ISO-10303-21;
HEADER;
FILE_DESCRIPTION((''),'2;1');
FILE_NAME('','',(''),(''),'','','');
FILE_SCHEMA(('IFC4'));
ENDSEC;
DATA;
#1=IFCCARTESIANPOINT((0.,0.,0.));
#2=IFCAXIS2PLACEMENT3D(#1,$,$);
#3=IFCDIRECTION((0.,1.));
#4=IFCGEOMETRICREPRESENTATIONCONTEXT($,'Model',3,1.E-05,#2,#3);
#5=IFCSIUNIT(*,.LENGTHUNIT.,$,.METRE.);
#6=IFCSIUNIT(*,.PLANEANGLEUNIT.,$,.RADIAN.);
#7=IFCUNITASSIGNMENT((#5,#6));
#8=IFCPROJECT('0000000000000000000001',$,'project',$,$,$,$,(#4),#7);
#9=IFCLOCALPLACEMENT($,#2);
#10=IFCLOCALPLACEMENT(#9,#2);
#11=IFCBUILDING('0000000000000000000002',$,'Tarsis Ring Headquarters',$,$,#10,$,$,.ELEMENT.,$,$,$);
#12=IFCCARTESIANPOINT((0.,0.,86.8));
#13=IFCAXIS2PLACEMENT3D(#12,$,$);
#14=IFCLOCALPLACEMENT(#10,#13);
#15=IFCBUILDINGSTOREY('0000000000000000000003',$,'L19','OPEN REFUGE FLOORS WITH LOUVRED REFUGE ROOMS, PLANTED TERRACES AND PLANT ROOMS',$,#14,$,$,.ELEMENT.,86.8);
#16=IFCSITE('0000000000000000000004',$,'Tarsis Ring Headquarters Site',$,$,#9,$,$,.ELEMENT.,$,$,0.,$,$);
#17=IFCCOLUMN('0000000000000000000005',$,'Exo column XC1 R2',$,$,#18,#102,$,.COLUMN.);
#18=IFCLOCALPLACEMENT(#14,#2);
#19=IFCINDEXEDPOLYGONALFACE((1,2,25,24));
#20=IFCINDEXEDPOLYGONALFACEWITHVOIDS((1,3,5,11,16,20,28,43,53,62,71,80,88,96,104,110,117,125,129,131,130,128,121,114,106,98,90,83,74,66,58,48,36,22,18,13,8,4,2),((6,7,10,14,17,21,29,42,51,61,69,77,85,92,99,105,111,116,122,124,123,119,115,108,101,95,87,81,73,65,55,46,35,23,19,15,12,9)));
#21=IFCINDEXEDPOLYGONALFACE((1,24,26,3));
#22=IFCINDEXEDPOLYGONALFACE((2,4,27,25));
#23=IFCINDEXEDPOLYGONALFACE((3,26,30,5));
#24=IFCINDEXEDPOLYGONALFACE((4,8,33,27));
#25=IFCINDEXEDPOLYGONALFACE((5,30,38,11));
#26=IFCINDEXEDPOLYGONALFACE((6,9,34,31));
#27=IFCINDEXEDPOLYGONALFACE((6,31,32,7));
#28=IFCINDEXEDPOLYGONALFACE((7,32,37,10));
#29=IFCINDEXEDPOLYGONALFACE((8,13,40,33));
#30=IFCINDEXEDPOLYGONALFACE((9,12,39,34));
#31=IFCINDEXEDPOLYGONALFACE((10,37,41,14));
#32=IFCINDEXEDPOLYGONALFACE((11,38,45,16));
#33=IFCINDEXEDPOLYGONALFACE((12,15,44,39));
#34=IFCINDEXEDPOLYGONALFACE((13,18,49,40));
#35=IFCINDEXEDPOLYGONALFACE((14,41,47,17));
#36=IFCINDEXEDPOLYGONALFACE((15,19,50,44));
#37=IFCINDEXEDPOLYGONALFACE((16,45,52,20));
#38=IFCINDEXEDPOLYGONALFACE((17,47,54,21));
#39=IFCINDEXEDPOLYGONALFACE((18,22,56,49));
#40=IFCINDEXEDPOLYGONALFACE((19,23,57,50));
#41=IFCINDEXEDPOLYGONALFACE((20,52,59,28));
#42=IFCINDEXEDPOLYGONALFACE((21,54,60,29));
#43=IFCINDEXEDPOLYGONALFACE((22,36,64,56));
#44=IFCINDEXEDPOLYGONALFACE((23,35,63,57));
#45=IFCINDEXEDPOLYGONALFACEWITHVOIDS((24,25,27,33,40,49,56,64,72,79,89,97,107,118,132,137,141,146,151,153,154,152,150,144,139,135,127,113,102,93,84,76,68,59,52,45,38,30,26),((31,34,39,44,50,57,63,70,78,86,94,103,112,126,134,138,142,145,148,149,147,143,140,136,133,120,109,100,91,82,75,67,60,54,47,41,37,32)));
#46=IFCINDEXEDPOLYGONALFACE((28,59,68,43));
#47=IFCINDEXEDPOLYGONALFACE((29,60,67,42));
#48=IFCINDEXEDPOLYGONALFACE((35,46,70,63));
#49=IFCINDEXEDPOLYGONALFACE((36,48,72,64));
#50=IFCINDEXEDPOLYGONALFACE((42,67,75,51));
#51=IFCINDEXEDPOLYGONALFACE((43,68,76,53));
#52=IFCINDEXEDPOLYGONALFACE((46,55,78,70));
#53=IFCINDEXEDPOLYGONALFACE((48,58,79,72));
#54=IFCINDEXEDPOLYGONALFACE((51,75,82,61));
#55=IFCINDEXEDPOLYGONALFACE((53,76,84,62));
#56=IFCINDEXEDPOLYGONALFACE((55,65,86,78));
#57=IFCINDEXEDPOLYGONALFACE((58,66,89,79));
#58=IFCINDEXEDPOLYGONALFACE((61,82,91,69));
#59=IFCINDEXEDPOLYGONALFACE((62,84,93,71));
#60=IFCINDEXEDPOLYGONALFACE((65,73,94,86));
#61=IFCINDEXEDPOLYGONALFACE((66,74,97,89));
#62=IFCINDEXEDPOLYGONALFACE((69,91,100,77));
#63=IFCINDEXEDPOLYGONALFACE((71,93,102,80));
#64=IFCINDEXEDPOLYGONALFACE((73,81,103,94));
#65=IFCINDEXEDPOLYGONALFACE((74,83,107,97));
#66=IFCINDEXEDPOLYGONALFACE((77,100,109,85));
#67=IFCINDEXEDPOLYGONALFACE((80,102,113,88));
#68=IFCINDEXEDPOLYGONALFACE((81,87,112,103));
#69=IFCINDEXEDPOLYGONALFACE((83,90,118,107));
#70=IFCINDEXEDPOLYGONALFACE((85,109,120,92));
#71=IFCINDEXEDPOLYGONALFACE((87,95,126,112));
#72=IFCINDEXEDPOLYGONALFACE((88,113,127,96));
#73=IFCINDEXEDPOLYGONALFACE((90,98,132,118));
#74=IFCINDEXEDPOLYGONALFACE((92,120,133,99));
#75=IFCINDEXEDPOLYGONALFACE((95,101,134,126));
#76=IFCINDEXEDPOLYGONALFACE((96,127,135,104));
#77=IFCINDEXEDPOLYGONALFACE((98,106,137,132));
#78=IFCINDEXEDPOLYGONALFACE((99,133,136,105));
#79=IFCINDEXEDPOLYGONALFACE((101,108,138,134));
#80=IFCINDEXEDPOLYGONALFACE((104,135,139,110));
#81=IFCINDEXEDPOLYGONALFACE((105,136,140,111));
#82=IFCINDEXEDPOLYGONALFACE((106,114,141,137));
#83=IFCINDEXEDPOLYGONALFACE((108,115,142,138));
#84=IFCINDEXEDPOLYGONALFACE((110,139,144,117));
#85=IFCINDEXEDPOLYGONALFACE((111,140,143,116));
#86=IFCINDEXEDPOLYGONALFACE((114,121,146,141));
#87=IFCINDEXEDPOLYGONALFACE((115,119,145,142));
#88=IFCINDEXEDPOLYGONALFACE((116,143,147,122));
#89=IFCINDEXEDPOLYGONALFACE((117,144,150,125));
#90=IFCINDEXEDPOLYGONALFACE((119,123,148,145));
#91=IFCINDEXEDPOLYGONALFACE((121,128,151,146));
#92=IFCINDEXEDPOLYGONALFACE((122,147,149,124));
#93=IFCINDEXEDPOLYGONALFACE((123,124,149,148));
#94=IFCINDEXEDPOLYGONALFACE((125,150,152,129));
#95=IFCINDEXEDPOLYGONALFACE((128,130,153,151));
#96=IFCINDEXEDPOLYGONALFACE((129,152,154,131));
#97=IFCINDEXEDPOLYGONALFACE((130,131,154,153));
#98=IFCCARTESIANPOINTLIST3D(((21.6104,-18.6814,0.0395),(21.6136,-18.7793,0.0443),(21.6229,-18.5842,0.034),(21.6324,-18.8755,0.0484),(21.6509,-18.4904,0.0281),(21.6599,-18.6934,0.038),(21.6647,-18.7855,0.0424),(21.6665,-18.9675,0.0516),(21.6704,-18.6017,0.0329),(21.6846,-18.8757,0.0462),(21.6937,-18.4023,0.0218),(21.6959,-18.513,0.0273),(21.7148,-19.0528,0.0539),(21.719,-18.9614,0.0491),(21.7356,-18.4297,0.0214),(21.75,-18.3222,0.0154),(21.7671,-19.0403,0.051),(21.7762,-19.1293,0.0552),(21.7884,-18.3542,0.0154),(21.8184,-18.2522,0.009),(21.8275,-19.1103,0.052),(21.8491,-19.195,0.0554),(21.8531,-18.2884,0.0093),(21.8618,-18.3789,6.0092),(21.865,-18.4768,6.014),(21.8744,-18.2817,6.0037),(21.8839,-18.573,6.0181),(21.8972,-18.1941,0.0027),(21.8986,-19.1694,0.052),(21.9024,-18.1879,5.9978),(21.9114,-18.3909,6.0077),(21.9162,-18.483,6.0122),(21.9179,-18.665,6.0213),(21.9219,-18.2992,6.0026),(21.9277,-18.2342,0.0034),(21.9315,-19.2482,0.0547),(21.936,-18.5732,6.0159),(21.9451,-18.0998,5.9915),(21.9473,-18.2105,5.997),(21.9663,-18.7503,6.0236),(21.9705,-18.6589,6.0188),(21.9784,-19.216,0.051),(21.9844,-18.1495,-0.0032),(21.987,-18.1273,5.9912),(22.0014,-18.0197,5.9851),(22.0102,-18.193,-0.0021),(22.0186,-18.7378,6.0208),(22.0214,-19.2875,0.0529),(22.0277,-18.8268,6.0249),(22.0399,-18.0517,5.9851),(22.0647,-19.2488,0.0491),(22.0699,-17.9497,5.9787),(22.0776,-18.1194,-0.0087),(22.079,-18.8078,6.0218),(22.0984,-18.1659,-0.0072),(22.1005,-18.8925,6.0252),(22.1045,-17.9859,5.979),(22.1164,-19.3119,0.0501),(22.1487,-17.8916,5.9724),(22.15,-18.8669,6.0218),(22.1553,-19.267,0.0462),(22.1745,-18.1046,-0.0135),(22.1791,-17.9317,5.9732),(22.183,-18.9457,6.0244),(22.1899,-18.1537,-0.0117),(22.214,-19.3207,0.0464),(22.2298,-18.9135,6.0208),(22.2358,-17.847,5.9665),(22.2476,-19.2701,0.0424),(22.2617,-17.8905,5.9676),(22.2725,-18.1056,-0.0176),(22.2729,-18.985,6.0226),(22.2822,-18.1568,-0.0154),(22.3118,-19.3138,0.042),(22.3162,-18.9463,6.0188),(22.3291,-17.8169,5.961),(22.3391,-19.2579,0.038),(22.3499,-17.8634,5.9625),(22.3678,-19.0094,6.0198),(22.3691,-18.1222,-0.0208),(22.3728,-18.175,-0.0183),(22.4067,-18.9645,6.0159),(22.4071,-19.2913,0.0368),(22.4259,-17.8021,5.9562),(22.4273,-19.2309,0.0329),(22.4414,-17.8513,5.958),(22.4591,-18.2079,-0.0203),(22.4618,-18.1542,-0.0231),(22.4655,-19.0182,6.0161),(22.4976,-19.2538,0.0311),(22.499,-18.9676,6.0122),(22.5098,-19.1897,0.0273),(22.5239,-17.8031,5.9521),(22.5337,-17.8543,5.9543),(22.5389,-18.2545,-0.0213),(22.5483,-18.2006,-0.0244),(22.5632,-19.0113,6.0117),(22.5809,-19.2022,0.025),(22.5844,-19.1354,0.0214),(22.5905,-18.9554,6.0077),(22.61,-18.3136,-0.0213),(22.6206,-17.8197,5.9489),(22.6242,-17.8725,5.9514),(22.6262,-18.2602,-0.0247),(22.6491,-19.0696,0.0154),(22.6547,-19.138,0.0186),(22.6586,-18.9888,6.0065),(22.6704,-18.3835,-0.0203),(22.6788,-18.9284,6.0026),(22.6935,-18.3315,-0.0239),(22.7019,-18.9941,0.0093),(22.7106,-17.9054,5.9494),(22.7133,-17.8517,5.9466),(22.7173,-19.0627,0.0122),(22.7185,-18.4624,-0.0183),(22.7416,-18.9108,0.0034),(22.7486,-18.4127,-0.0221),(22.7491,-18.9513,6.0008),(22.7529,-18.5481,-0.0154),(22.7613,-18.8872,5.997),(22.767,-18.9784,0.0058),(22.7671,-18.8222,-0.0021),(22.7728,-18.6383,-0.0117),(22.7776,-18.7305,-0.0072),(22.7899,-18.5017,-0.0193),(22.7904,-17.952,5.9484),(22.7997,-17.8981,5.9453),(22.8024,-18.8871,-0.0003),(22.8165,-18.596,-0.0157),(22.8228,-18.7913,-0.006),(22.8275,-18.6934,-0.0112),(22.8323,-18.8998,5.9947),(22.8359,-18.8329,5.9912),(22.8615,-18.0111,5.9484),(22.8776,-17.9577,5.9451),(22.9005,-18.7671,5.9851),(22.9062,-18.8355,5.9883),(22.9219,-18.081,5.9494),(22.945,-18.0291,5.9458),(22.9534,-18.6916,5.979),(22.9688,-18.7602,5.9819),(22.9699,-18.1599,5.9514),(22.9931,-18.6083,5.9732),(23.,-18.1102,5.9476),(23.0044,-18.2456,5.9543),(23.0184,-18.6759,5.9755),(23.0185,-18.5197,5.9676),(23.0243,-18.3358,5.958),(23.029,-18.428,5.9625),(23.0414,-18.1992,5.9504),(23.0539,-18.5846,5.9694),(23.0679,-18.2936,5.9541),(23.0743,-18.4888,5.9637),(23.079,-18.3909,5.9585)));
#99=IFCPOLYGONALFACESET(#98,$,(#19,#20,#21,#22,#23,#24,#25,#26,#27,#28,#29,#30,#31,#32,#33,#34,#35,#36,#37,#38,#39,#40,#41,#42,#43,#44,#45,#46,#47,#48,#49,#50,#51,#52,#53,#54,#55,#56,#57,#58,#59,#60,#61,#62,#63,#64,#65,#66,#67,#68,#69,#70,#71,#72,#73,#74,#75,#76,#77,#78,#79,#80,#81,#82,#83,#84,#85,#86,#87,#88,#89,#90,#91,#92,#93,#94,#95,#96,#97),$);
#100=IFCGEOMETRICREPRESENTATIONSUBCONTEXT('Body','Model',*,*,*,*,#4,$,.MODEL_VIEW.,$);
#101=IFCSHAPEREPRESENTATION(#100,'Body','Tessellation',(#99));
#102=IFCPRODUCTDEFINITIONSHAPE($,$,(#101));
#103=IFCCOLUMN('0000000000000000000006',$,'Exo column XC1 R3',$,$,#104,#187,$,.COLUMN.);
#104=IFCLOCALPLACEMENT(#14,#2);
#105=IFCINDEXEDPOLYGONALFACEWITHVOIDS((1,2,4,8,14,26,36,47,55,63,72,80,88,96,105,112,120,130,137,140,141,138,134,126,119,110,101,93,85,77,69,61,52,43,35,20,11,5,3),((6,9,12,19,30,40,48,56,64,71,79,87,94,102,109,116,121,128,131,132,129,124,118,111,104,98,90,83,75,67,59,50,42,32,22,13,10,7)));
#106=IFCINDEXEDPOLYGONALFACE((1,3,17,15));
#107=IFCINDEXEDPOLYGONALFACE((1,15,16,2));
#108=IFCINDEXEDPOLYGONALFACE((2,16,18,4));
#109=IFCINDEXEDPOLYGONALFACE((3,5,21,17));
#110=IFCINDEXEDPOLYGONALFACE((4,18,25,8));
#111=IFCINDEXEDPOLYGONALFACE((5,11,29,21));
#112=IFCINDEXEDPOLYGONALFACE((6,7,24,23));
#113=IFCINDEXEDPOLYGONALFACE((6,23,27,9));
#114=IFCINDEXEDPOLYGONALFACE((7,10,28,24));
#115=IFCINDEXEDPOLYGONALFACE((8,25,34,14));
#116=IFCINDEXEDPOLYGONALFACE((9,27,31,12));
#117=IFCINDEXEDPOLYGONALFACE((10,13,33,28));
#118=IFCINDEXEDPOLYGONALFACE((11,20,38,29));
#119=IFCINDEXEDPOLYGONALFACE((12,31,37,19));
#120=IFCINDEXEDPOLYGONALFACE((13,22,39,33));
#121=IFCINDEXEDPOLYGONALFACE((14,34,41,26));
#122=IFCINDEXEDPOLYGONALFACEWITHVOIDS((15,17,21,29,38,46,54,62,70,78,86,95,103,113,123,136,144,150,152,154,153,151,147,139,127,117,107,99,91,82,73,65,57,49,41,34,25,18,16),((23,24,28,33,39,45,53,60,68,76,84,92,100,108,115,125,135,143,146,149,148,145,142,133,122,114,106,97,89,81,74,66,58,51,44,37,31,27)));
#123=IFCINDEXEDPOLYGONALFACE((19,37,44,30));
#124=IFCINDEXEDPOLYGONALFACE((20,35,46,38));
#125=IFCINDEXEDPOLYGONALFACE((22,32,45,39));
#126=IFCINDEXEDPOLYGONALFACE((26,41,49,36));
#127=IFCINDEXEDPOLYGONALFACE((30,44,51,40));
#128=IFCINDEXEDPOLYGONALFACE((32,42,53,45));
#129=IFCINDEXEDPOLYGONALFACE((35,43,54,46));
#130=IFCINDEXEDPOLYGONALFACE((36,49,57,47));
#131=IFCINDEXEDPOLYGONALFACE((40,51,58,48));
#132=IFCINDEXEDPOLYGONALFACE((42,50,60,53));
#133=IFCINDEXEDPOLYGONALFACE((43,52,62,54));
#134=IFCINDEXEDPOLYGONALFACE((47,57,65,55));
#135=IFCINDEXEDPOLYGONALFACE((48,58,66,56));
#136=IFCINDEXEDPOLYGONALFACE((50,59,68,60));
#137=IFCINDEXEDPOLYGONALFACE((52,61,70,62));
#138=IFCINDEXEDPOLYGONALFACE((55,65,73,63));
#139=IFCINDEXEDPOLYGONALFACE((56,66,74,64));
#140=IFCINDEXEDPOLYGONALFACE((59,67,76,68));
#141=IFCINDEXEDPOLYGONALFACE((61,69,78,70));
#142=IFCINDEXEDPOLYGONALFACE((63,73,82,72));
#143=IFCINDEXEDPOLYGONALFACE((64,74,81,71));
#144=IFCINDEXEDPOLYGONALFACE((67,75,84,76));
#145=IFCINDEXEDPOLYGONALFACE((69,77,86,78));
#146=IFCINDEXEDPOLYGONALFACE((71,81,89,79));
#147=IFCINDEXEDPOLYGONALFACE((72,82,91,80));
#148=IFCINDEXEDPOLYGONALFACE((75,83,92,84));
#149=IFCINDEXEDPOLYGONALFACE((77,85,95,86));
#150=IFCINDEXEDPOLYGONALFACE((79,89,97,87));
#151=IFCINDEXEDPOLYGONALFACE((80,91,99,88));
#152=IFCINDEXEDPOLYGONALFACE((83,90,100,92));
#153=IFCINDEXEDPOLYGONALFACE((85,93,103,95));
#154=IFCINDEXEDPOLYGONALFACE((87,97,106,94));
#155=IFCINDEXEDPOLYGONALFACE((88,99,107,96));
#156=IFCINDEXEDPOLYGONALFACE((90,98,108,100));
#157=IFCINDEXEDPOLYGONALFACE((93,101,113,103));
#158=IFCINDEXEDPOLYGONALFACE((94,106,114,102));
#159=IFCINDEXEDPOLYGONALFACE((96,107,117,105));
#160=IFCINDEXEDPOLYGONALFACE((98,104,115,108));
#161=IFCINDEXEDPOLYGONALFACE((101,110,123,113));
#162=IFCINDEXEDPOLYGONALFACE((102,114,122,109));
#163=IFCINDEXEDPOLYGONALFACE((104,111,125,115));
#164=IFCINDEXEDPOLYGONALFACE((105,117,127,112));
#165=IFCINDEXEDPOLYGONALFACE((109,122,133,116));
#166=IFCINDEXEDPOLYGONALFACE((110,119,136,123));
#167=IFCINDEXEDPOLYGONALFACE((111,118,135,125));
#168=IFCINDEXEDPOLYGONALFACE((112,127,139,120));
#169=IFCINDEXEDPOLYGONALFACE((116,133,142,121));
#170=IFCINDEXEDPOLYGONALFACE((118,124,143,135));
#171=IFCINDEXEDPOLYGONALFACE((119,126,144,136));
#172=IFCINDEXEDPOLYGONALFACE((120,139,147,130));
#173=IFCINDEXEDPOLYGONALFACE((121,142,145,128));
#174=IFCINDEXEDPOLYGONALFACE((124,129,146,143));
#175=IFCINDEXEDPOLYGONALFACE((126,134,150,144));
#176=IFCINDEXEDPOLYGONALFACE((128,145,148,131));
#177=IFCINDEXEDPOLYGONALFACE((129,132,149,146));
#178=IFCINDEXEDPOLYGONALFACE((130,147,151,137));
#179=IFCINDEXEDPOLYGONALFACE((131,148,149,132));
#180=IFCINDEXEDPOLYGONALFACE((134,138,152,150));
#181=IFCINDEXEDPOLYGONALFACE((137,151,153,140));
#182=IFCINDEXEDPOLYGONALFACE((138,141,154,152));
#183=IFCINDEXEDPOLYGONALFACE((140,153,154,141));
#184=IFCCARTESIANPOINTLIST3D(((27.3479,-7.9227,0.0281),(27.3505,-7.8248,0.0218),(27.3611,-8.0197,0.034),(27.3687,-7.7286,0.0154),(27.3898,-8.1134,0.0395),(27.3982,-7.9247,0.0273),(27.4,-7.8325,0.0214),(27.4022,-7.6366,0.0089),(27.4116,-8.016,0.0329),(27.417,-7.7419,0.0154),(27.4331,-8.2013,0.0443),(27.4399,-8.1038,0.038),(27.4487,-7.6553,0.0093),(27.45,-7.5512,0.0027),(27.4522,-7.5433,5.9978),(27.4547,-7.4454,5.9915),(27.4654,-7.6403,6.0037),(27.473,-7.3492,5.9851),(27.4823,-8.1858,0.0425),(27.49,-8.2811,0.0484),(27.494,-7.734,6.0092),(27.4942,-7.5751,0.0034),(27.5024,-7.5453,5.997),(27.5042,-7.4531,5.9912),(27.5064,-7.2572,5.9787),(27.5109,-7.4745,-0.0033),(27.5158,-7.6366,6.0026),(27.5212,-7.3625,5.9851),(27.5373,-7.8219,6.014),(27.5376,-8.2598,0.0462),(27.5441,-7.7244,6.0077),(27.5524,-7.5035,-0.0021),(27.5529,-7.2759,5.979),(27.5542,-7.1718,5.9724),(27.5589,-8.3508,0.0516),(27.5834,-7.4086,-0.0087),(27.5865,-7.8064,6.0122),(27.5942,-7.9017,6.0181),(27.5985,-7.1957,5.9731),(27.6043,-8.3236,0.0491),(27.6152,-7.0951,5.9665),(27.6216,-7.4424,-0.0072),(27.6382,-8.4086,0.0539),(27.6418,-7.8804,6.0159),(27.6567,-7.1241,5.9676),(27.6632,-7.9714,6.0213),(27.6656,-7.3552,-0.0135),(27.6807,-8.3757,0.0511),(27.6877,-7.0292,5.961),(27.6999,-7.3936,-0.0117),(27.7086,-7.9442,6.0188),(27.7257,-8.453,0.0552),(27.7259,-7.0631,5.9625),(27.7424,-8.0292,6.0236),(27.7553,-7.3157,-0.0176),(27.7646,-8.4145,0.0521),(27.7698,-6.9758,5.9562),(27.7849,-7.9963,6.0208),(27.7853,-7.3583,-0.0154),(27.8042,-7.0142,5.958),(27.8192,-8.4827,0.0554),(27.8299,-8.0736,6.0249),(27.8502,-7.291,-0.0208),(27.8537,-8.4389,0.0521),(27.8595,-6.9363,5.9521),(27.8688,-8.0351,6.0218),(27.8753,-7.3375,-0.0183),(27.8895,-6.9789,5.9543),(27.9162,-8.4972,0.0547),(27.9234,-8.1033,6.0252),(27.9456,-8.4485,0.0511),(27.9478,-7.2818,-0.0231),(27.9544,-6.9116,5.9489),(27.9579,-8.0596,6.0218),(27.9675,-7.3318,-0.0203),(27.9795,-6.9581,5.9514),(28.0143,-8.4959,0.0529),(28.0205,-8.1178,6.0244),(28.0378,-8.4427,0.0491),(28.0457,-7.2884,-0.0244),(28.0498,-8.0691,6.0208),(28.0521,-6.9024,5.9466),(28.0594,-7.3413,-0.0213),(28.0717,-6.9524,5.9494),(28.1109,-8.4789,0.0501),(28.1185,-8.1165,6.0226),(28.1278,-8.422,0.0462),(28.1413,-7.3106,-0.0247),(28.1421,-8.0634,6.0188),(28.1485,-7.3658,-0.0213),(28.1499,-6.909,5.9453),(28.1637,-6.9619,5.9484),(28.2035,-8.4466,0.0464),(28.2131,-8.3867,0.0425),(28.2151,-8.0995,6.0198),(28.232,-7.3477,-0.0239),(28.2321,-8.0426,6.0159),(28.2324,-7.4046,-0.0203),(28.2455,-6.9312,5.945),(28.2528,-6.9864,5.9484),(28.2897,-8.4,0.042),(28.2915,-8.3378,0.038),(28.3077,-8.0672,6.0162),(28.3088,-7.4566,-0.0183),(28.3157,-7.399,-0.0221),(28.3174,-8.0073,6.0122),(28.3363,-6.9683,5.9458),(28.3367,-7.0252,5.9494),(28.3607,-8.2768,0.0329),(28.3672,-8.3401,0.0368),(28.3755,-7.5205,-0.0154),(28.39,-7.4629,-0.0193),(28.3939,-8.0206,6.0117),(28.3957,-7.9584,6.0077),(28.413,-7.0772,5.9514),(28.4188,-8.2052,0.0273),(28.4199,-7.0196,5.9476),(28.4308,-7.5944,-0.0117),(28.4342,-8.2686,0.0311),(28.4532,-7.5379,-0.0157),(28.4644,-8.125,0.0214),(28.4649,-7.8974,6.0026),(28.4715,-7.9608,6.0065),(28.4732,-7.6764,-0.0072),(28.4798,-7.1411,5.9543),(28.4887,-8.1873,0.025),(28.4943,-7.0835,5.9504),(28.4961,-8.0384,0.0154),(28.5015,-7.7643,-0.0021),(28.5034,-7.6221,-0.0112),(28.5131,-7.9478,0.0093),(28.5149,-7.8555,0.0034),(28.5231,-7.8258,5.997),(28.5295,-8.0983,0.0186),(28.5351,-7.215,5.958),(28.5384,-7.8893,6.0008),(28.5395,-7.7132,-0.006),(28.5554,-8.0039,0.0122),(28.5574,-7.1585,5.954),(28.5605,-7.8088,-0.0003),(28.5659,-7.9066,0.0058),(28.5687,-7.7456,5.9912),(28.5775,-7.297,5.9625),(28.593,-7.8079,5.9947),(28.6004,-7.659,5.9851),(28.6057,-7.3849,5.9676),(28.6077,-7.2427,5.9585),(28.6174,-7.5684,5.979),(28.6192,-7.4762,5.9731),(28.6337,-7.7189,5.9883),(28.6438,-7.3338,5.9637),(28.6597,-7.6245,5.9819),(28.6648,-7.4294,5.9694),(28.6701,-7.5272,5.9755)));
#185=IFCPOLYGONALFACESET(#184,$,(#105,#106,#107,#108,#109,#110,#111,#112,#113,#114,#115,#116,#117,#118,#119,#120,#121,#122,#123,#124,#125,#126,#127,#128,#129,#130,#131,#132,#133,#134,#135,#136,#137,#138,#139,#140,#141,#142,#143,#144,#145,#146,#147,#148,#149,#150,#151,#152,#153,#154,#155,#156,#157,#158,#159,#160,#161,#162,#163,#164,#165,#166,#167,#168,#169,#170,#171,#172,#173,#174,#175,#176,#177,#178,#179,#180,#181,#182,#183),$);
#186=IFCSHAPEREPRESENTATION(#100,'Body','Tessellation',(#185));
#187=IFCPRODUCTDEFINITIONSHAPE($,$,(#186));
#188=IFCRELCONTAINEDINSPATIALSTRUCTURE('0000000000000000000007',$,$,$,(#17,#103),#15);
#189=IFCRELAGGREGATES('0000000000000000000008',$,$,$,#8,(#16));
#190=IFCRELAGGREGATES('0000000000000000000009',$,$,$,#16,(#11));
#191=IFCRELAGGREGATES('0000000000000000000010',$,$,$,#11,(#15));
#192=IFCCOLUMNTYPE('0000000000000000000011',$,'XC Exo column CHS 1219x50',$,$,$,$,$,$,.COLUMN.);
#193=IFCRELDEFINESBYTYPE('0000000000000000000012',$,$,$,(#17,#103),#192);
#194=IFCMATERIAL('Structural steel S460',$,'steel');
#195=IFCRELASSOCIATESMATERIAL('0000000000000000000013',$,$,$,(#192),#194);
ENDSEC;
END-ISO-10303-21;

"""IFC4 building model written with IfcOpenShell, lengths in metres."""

from ifc_helpers import new_model, si_unit, direction, frame, origin, origin_2d, place, context, subcontext, project, spatial, hollow_circle, extrude, material, material_profile, profile_set, type_object, element, save


model = new_model("IFC4")

# Units and contexts
model_context = context("Model", 3, precision=1e-05, world=origin(), true_north=direction((0.0, 1.0)))
body_context = subcontext(model_context, "Body", "Model", "MODEL_VIEW")
ifc_project = project(units=[si_unit("LENGTHUNIT", "METRE"), si_unit("PLANEANGLEUNIT", "RADIAN")], contexts=[model_context])

# Site, building, storey
site_placement = place(None, origin())
site = spatial("IfcSite", under=ifc_project, at=site_placement, Name="Tarsis Ring Headquarters Site", CompositionType="ELEMENT", RefElevation=0.0)
building_placement = place(site_placement, origin())
building = spatial("IfcBuilding", under=site, at=building_placement, Name="Tarsis Ring Headquarters", CompositionType="ELEMENT")
storey_placement = place(building_placement, frame((0.0, 0.0, 86.8)))
storey = spatial("IfcBuildingStorey", under=building, at=storey_placement, Name="L19", Description="OPEN REFUGE FLOORS WITH LOUVRED REFUGE ROOMS, PLANTED TERRACES AND PLANT ROOMS", CompositionType="ELEMENT", Elevation=86.8)

# Columns
ifc_material_1 = material(Name="Structural steel S460", Category="steel")
ifc_material_profile_1 = material_profile(ifc_material_1, hollow_circle(Radius=0.6096, WallThickness=0.05, at=origin_2d()), Name="CHS 1219x50")
ifc_profile_set_1 = profile_set([ifc_material_profile_1], Name="Structural steel S460")
column_type = type_object("IfcColumnType", Name="XC Exo column CHS 1219x50", PredefinedType="COLUMN", material=ifc_profile_set_1)
for number, where, z_axis, x_axis, name in (
    (1, (22.2188, -18.7119, 0.0154), (0.042032, 0.050561, 0.997836), (-0.768984, 0.639268, 0.0), "Exo column XC1 R2"),
    (2, (27.9565, -7.8901, 0.0154), (0.017425, 0.063415, 0.997835), (-0.964261, 0.264955, 0.0), "Exo column XC1 R3"),
):
    element("IfcColumn", number, at=place(storey_placement, frame(where, z_axis=z_axis, x_axis=x_axis)), inside=storey, type_object=column_type, Name=name, PredefinedType="COLUMN", context=body_context, shape_type="SweptSolid", body=[
        extrude(hollow_circle(Radius=0.6096, WallThickness=0.05, at=origin_2d()), origin(), (0.0, 0.0, 1.0), 5.9827),
    ])

save(model, "model.ifc")
